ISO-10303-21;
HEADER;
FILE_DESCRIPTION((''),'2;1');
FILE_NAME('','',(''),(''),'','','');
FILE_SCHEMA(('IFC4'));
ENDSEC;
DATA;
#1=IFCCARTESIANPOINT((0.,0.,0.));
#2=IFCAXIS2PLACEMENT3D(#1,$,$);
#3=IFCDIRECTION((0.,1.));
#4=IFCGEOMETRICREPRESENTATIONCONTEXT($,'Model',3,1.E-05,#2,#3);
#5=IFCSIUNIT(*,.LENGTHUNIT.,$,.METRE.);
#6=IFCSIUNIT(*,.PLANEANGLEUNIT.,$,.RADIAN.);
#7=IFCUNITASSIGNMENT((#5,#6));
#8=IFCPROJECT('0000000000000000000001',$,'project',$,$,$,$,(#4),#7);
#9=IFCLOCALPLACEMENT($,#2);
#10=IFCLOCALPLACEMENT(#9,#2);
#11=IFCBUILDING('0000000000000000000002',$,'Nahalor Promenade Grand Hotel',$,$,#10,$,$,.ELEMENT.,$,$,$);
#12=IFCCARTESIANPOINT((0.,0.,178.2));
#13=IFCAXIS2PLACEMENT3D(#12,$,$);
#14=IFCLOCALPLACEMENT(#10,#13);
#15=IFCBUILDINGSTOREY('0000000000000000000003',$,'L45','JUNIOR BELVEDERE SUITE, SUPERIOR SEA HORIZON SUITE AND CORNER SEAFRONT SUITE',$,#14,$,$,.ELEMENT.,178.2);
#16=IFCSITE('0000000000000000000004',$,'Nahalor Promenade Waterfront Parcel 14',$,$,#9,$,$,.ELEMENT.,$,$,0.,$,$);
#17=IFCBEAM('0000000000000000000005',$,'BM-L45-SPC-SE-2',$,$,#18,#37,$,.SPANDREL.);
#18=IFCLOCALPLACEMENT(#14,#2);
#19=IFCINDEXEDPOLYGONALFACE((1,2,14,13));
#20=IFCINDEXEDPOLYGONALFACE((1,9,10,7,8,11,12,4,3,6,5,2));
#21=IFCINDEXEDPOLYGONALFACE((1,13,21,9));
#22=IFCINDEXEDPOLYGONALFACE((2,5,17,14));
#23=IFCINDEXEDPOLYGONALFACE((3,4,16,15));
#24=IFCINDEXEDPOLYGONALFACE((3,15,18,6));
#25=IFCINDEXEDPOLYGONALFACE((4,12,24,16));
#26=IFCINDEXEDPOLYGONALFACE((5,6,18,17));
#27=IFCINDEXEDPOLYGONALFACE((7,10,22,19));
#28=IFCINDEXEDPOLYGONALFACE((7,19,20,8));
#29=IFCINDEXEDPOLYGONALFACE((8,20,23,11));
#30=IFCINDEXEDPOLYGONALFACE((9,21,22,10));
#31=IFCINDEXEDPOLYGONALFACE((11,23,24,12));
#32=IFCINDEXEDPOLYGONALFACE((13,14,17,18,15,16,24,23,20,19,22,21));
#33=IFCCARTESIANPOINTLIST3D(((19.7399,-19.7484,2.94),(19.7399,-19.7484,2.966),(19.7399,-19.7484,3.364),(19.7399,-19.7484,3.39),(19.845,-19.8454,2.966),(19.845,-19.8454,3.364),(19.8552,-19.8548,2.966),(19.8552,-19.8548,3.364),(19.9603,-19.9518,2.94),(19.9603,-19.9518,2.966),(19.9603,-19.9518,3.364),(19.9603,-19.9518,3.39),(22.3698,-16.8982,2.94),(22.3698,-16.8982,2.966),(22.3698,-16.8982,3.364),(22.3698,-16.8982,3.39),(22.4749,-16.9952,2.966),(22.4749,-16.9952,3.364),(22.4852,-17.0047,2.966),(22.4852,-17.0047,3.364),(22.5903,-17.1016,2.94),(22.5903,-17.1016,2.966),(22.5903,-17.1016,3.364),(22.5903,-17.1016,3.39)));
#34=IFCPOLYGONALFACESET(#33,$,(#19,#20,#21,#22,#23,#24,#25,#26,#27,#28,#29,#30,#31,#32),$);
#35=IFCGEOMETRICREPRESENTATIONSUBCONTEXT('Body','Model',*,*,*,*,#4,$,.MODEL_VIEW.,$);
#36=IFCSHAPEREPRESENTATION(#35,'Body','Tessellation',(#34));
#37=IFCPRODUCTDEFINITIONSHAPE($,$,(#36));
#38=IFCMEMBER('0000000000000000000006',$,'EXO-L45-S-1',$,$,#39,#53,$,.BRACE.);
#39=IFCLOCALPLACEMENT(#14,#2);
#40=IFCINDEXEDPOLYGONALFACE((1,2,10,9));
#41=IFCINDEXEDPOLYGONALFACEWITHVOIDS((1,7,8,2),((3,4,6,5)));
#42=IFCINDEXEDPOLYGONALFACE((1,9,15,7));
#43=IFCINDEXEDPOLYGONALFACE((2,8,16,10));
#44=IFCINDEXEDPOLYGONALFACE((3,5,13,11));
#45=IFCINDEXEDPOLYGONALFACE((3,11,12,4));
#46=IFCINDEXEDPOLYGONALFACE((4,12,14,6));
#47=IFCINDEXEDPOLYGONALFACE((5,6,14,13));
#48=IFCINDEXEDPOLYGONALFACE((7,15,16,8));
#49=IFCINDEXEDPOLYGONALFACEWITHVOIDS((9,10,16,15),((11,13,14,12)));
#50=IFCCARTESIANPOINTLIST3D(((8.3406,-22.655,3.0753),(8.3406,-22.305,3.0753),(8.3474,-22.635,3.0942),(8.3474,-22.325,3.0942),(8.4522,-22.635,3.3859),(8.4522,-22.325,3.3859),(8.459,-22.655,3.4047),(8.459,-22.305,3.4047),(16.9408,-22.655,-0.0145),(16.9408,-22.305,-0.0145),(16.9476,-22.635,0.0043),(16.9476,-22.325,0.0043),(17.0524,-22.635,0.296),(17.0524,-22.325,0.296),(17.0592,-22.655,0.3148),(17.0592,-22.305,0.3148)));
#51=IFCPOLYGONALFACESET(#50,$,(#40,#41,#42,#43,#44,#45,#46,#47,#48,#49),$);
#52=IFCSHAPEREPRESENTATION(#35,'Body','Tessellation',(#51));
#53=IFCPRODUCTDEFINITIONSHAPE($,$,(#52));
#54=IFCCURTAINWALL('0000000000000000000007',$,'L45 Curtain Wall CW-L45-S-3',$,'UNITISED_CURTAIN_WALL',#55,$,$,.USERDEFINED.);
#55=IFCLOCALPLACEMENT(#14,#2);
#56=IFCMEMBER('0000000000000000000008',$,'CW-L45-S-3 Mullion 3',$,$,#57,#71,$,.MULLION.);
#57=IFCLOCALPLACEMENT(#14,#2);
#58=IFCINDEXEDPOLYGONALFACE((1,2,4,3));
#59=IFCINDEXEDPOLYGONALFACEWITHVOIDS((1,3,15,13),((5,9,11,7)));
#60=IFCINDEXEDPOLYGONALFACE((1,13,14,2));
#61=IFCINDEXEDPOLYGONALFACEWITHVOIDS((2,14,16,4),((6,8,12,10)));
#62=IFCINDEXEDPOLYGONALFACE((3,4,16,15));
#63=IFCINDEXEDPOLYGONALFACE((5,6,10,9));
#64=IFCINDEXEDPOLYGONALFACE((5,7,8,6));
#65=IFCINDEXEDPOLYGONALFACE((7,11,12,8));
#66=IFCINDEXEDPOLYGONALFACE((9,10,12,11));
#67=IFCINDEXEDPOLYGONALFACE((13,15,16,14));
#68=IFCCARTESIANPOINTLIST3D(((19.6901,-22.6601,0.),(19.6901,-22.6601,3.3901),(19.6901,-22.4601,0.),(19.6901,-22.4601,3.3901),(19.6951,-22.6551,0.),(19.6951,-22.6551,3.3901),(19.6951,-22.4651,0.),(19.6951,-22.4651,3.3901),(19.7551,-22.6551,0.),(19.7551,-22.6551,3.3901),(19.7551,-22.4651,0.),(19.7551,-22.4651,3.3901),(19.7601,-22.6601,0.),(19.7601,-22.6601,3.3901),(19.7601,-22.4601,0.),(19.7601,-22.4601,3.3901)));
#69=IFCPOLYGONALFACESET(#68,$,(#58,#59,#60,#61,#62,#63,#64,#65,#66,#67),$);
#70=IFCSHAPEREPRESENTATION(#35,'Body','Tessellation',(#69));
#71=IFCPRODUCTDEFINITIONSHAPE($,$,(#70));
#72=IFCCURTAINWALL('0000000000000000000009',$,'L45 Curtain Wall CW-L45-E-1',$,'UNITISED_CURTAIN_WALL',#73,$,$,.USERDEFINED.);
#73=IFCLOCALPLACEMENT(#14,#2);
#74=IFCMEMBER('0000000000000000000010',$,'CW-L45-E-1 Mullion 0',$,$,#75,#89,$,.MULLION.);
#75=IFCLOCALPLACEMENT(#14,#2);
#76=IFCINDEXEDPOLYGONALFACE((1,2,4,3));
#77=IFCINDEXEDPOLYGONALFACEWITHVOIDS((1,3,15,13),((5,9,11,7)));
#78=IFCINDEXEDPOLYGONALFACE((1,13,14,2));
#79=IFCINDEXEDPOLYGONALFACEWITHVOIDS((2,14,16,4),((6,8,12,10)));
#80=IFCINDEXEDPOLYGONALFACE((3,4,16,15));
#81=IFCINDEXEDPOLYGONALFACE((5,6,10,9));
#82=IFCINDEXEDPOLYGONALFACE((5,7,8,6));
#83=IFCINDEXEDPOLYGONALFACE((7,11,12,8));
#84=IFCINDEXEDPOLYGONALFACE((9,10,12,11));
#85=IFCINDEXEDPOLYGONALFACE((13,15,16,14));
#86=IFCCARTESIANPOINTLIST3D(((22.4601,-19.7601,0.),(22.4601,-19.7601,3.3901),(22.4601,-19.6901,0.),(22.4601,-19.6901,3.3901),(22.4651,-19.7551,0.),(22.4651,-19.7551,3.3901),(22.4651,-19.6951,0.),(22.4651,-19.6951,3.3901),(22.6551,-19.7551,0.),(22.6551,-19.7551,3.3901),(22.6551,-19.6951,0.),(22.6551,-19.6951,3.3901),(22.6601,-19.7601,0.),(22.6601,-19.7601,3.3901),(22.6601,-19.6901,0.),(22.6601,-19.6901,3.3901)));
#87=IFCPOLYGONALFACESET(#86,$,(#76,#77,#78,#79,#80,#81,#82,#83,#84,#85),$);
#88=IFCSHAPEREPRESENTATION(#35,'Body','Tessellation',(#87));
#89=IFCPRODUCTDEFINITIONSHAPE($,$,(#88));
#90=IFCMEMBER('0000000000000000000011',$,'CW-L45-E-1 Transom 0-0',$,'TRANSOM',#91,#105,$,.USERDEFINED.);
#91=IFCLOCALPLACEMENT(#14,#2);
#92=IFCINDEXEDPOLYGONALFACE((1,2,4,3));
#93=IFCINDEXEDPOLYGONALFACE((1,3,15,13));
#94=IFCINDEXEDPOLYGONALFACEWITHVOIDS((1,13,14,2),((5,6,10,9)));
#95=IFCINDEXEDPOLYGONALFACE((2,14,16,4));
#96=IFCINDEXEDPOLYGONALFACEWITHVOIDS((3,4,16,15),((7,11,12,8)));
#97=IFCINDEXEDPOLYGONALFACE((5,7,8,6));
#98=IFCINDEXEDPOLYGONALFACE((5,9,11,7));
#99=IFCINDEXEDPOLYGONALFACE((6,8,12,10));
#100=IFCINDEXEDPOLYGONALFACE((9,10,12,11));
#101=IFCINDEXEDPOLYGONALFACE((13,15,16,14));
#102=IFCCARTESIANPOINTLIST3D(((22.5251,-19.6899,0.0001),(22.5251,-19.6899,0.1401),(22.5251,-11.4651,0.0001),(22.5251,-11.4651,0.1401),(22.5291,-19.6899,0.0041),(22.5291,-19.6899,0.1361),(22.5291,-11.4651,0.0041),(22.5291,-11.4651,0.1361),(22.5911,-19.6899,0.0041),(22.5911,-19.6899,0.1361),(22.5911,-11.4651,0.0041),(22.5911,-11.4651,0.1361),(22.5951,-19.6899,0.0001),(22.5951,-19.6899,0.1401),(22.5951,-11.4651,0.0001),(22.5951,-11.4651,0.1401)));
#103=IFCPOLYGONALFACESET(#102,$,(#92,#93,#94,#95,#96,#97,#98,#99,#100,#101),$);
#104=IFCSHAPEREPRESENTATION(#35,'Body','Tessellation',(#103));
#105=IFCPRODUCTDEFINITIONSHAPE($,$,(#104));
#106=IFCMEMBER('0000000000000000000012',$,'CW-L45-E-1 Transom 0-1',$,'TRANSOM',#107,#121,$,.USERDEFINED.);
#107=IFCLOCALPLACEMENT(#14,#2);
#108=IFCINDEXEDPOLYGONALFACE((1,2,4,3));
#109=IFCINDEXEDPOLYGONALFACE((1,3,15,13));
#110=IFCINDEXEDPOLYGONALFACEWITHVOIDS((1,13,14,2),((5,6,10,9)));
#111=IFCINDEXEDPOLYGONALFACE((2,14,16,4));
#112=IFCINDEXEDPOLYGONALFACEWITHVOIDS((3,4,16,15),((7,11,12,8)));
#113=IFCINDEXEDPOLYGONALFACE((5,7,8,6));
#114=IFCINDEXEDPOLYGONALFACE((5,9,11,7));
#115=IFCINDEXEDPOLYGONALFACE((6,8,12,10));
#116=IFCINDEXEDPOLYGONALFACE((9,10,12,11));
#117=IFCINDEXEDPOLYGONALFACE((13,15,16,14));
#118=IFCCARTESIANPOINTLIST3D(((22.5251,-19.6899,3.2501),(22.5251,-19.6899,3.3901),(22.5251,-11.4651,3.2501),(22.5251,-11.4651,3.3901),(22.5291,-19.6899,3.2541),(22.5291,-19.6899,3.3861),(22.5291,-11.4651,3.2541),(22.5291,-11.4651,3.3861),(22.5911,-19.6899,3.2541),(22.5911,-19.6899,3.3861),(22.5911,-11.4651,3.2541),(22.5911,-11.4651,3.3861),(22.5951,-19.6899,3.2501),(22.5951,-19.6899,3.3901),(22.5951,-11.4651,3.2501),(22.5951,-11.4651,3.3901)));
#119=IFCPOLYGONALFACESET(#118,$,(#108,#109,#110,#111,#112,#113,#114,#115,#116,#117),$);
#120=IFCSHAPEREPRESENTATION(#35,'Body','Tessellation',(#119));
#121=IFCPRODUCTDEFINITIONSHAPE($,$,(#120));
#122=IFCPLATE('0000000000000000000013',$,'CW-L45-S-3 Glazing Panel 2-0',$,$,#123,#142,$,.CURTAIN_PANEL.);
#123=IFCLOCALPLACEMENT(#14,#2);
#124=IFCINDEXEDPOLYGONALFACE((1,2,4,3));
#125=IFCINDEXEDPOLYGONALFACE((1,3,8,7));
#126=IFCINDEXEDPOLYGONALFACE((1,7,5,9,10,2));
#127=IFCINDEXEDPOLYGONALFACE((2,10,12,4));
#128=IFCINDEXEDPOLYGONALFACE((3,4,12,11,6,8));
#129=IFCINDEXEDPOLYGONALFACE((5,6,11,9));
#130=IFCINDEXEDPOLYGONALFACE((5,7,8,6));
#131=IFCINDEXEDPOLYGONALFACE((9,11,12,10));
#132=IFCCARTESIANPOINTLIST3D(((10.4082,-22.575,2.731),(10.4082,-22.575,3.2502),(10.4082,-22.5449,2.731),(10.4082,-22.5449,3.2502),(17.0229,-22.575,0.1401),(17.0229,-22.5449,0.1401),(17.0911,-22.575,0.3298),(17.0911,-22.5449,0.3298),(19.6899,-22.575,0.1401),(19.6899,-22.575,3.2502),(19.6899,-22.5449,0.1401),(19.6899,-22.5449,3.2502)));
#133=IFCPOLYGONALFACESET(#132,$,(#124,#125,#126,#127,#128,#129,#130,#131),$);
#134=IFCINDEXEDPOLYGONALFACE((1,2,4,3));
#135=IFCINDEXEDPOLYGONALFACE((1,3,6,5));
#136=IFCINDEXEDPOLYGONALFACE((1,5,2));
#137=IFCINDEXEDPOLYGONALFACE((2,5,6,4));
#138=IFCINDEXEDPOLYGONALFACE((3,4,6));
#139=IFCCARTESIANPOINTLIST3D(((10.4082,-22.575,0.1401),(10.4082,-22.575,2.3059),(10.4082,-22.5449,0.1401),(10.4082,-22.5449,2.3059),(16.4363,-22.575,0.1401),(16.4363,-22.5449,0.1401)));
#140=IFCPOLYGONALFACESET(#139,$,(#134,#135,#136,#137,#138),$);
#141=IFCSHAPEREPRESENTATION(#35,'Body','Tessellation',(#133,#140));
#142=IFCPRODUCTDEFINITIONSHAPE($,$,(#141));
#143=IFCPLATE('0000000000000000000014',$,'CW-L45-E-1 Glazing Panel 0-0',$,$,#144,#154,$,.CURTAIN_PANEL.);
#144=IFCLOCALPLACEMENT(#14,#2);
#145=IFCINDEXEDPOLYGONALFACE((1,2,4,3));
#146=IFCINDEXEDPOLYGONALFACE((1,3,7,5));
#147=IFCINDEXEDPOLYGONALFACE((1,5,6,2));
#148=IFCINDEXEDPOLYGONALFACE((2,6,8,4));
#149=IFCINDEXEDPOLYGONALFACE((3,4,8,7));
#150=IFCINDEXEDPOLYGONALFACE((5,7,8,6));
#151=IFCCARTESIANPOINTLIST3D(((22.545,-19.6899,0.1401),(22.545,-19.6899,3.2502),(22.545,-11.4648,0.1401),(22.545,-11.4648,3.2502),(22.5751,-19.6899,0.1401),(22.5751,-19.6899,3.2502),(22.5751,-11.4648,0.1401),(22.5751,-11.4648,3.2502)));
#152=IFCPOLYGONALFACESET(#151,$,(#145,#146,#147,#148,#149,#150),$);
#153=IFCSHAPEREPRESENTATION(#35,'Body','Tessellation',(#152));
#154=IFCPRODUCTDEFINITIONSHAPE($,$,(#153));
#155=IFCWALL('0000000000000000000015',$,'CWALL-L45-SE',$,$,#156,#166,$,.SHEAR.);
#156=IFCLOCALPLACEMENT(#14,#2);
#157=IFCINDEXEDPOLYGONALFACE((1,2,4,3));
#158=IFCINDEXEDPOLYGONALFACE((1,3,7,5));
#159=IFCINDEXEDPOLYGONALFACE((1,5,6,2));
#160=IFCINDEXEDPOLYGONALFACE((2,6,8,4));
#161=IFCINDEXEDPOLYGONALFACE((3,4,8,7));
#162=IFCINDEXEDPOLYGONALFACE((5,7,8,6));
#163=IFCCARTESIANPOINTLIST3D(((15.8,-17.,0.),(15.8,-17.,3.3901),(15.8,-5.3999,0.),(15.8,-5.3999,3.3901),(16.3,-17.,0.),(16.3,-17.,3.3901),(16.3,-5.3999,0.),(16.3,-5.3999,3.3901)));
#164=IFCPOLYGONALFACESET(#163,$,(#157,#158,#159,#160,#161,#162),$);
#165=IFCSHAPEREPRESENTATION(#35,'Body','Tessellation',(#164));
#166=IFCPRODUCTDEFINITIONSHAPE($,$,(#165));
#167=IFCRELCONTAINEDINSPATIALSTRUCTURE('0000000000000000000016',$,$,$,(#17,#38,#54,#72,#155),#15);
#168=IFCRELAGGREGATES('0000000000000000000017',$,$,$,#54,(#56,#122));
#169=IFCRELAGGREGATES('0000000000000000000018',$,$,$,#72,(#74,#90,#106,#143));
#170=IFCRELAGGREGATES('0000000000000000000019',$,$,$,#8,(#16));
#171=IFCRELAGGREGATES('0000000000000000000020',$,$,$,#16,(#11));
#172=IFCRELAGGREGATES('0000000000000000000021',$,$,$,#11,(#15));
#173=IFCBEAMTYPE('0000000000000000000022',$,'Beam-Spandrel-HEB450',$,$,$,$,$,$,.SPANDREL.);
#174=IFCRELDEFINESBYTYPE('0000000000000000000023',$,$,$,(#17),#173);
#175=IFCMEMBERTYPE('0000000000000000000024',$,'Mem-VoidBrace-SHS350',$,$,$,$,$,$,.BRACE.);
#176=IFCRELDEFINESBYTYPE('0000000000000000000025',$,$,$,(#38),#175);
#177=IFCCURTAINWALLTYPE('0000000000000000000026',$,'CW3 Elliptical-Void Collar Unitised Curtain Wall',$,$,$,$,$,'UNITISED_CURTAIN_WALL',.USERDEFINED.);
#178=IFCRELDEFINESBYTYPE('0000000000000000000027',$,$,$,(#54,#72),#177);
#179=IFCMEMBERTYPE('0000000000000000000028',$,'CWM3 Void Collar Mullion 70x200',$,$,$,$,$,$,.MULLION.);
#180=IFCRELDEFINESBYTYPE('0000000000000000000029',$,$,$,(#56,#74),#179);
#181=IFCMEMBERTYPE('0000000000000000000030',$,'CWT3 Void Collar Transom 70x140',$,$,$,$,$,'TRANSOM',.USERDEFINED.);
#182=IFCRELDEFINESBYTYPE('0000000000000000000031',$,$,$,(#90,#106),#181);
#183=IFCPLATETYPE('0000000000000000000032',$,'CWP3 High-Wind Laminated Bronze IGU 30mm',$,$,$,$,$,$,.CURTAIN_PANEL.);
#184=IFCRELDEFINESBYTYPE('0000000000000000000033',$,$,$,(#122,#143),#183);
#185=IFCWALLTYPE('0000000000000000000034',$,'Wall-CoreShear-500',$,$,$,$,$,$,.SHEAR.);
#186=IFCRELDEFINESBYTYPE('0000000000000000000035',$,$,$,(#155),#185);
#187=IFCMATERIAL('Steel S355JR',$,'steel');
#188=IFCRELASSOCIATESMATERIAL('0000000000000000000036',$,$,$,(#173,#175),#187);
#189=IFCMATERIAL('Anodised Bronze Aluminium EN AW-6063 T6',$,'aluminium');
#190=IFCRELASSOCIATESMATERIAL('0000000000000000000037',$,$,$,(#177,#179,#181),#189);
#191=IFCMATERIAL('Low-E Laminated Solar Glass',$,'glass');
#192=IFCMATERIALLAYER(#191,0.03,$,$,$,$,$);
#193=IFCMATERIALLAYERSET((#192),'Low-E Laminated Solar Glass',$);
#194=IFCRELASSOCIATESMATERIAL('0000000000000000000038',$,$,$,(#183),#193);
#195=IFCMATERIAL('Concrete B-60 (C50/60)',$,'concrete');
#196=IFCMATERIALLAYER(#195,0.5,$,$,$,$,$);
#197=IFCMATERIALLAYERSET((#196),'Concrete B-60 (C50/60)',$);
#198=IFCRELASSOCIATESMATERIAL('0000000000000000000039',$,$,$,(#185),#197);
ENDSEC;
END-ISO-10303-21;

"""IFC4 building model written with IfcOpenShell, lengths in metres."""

from ifc_helpers import new_model, si_unit, direction, frame, frame_2d, origin, origin_2d, place, context, subcontext, project, spatial, polyline, rectangle, hollow_rectangle, i_section, outline, extrude, source, transform, mapped, material, layer, layer_set, material_profile, profile_set, type_object, element, aggregate, save


model = new_model("IFC4")

# Units and contexts
model_context = context("Model", 3, precision=1e-05, world=origin(), true_north=direction((0.0, 1.0)))
body_context = subcontext(model_context, "Body", "Model", "MODEL_VIEW")
ifc_project = project(units=[si_unit("LENGTHUNIT", "METRE"), si_unit("PLANEANGLEUNIT", "RADIAN")], contexts=[model_context])

# Site, building, storey
site_placement = place(None, origin())
site = spatial("IfcSite", under=ifc_project, at=site_placement, Name="Nahalor Promenade Waterfront Parcel 14", CompositionType="ELEMENT", RefElevation=0.0)
building_placement = place(site_placement, origin())
building = spatial("IfcBuilding", under=site, at=building_placement, Name="Nahalor Promenade Grand Hotel", CompositionType="ELEMENT")
storey_placement = place(building_placement, frame((0.0, 0.0, 178.2)))
storey = spatial("IfcBuildingStorey", under=building, at=storey_placement, Name="L45", Description="JUNIOR BELVEDERE SUITE, SUPERIOR SEA HORIZON SUITE AND CORNER SEAFRONT SUITE", CompositionType="ELEMENT", Elevation=178.2)

# Shared definitions
ifc_material_1 = material(Name="Concrete B-60 (C50/60)", Category="concrete")

# Beam
ifc_material_2 = material(Name="Steel S355JR", Category="steel")
ifc_material_profile_1 = material_profile(ifc_material_2, i_section(OverallWidth=0.3, OverallDepth=0.45, WebThickness=0.014, FlangeThickness=0.026, at=origin_2d()), Name="HEB 450")
ifc_profile_set_1 = profile_set([ifc_material_profile_1], Name="Steel S355JR")
beam_type_1 = type_object("IfcBeamType", Name="Beam-Spandrel-HEB450", PredefinedType="SPANDREL", material=ifc_profile_set_1)
shared_shape_1 = source(origin(), body_context, "Body", "SweptSolid", [
    extrude(i_section(OverallWidth=0.3, OverallDepth=0.45, WebThickness=0.014, FlangeThickness=0.026, at=origin_2d()), origin(), (0.0, 0.0, 1.0), 3.8782),
])
for number, where, z_axis, x_axis, name in (
    (1, (19.8501, -19.8501, 3.165), (0.678144, 0.734929, 0.0), (-0.734929, 0.678144, 0.0), "BM-L45-SPC-SE-2"),
):
    element("IfcBeam", number, at=place(storey_placement, frame(where, z_axis=z_axis, x_axis=x_axis)), inside=storey, type_object=beam_type_1, Name=name, PredefinedType="SPANDREL", context=body_context, shape_type="MappedRepresentation", body=[
        mapped(shared_shape_1, transform((0.0, 0.0, 0.0), scale=1.0)),
    ])

# Member
ifc_material_profile_2 = material_profile(ifc_material_2, hollow_rectangle(XDim=0.35, YDim=0.35, WallThickness=0.02, at=origin_2d()), Name="SHS 350x350x20")
ifc_profile_set_2 = profile_set([ifc_material_profile_2], Name="Steel S355JR")
member_type_1 = type_object("IfcMemberType", Name="Mem-VoidBrace-SHS350", PredefinedType="BRACE", material=ifc_profile_set_2)
shared_shape_2 = source(origin(), body_context, "Body", "SweptSolid", [
    extrude(hollow_rectangle(XDim=0.35, YDim=0.35, WallThickness=0.02, at=origin_2d()), origin(), (0.0, 0.0, 1.0), 9.1384),
])
member_1_placement = place(storey_placement, frame((17.0, -22.48, 0.1501), z_axis=(-0.941103, 0.0, 0.33812), x_axis=(0.0, -1.0, 0.0)))
element("IfcMember", 2, at=member_1_placement, inside=storey, type_object=member_type_1, Name="EXO-L45-S-1", PredefinedType="BRACE", context=body_context, shape_type="MappedRepresentation", body=[
    mapped(shared_shape_2, transform((0.0, 0.0, 0.0), scale=1.0)),
])

# Curtain wall, member
ifc_material_3 = material(Name="Anodised Bronze Aluminium EN AW-6063 T6", Category="aluminium")
curtain_wall_type = type_object("IfcCurtainWallType", Name="CW3 Elliptical-Void Collar Unitised Curtain Wall", ElementType="UNITISED_CURTAIN_WALL", PredefinedType="USERDEFINED", material=ifc_material_3)
curtain_wall_1_placement = place(storey_placement, origin())
curtain_wall_1 = element("IfcCurtainWall", 3, at=curtain_wall_1_placement, inside=storey, type_object=curtain_wall_type, Name="L45 Curtain Wall CW-L45-S-3", ObjectType="UNITISED_CURTAIN_WALL", PredefinedType="USERDEFINED")
ifc_material_profile_3 = material_profile(ifc_material_3, hollow_rectangle(XDim=0.07, YDim=0.2, WallThickness=0.005, at=origin_2d()), Name="CWM 70x200x5")
ifc_profile_set_3 = profile_set([ifc_material_profile_3], Name="Anodised Bronze Aluminium EN AW-6063 T6")
member_type_2 = type_object("IfcMemberType", Name="CWM3 Void Collar Mullion 70x200", PredefinedType="MULLION", material=ifc_profile_set_3)
shared_shape_3 = source(origin(), body_context, "Body", "SweptSolid", [
    extrude(hollow_rectangle(XDim=0.07, YDim=0.2, WallThickness=0.005, at=origin_2d()), origin(), (0.0, 0.0, 1.0), 3.3901),
])
member_2_placement = place(storey_placement, frame((19.7251, -22.5601, 0.0), z_axis=(0.0, 0.0, 1.0), x_axis=(1.0, 0.0, 0.0)))
member_2 = element("IfcMember", 4, at=member_2_placement, type_object=member_type_2, Name="CW-L45-S-3 Mullion 3", PredefinedType="MULLION", context=body_context, shape_type="MappedRepresentation", body=[
    mapped(shared_shape_3, transform((0.0, 0.0, 0.0), scale=1.0)),
])

# Curtain wall, members
curtain_wall_2_placement = place(storey_placement, origin())
curtain_wall_2 = element("IfcCurtainWall", 5, at=curtain_wall_2_placement, inside=storey, type_object=curtain_wall_type, Name="L45 Curtain Wall CW-L45-E-1", ObjectType="UNITISED_CURTAIN_WALL", PredefinedType="USERDEFINED")
member_3_placement = place(storey_placement, frame((22.5601, -19.7251, 0.0), z_axis=(0.0, 0.0, 1.0), x_axis=(0.0, 1.0, 0.0)))
member_3 = element("IfcMember", 6, at=member_3_placement, type_object=member_type_2, Name="CW-L45-E-1 Mullion 0", PredefinedType="MULLION", context=body_context, shape_type="MappedRepresentation", body=[
    mapped(shared_shape_3, transform((0.0, 0.0, 0.0), scale=1.0)),
])
ifc_material_profile_4 = material_profile(ifc_material_3, hollow_rectangle(XDim=0.07, YDim=0.14, WallThickness=0.004, at=origin_2d()), Name="CWT 70x140x4")
ifc_profile_set_4 = profile_set([ifc_material_profile_4], Name="Anodised Bronze Aluminium EN AW-6063 T6")
member_type_3 = type_object("IfcMemberType", Name="CWT3 Void Collar Transom 70x140", ElementType="TRANSOM", PredefinedType="USERDEFINED", material=ifc_profile_set_4)
shared_shape_4 = source(origin(), body_context, "Body", "SweptSolid", [
    extrude(hollow_rectangle(XDim=0.07, YDim=0.14, WallThickness=0.004, at=origin_2d()), origin(), (0.0, 0.0, 1.0), 8.2249),
])
member_4_placement = place(storey_placement, frame((22.5601, -19.6899, 0.0701), z_axis=(0.0, 1.0, 0.0), x_axis=(-1.0, 0.0, 0.0)))
member_4 = element("IfcMember", 7, at=member_4_placement, type_object=member_type_3, Name="CW-L45-E-1 Transom 0-0", ObjectType="TRANSOM", PredefinedType="USERDEFINED", context=body_context, shape_type="MappedRepresentation", body=[
    mapped(shared_shape_4, transform((0.0, 0.0, 0.0), scale=1.0)),
])
member_5_placement = place(storey_placement, frame((22.5601, -19.6899, 3.3201), z_axis=(0.0, 1.0, 0.0), x_axis=(-1.0, 0.0, 0.0)))
member_5 = element("IfcMember", 8, at=member_5_placement, type_object=member_type_3, Name="CW-L45-E-1 Transom 0-1", ObjectType="TRANSOM", PredefinedType="USERDEFINED", context=body_context, shape_type="MappedRepresentation", body=[
    mapped(shared_shape_4, transform((0.0, 0.0, 0.0), scale=1.0)),
])

# Plates
ifc_material_4 = material(Name="Low-E Laminated Solar Glass", Category="glass")
ifc_layer_1 = layer(ifc_material_4, 0.03)
ifc_layer_set_1 = layer_set([ifc_layer_1], Name="Low-E Laminated Solar Glass")
plate_type = type_object("IfcPlateType", Name="CWP3 High-Wind Laminated Bronze IGU 30mm", PredefinedType="CURTAIN_PANEL", material=ifc_layer_set_1)
plate_1_placement = place(storey_placement, frame((15.0491, -22.5601, 0.1401), z_axis=(0.0, 0.0, 1.0), x_axis=(1.0, 0.0, 0.0)))
plate_1 = element("IfcPlate", 9, at=plate_1_placement, type_object=plate_type, Name="CW-L45-S-3 Glazing Panel 2-0", PredefinedType="CURTAIN_PANEL", context=body_context, shape_type="SweptSolid", body=[
    extrude(outline(polyline([(4.6409, 3.1101), (-4.6409, 3.1101), (-4.6409, 2.5908), (2.042, 0.1897), (1.9739, 0.0), (4.6409, 0.0), (4.6409, 3.1101)])), frame((0.0, 0.0151, 0.0), z_axis=(0.0, -1.0, 0.0), x_axis=(1.0, 0.0, 0.0)), (0.0, 0.0, 1.0), 0.03),
    extrude(outline(polyline([(-4.6409, 2.1658), (-4.6409, 0.0), (1.3872, 0.0), (-4.6409, 2.1658)])), frame((0.0, 0.0151, 0.0), z_axis=(0.0, -1.0, 0.0), x_axis=(1.0, 0.0, 0.0)), (0.0, 0.0, 1.0), 0.03),
])
aggregate(curtain_wall_1, [member_2, plate_1])
shared_shape_5 = source(origin(), body_context, "Body", "SweptSolid", [
    extrude(rectangle(XDim=8.2251, YDim=0.03, at=origin_2d()), origin(), (0.0, 0.0, 1.0), 3.1101),
])
plate_2_placement = place(storey_placement, frame((22.5601, -15.5774, 0.1401), z_axis=(0.0, 0.0, 1.0), x_axis=(0.0, 1.0, 0.0)))
plate_2 = element("IfcPlate", 10, at=plate_2_placement, type_object=plate_type, Name="CW-L45-E-1 Glazing Panel 0-0", PredefinedType="CURTAIN_PANEL", context=body_context, shape_type="MappedRepresentation", body=[
    mapped(shared_shape_5, transform((0.0, 0.0, 0.0), scale=1.0)),
])
aggregate(curtain_wall_2, [member_3, member_4, member_5, plate_2])

# Wall
ifc_layer_2 = layer(ifc_material_1, 0.5)
ifc_layer_set_2 = layer_set([ifc_layer_2], Name="Concrete B-60 (C50/60)")
wall_type_1 = type_object("IfcWallType", Name="Wall-CoreShear-500", PredefinedType="SHEAR", material=ifc_layer_set_2)
shared_shape_6 = source(origin(), body_context, "Body", "SweptSolid", [
    extrude(rectangle(XDim=11.6001, YDim=0.5, at=frame_2d((5.8, 0.0))), origin(), (0.0, 0.0, 1.0), 3.3901),
])
wall_1_placement = place(storey_placement, frame((16.05, -17.0, 0.0), z_axis=(0.0, 0.0, 1.0), x_axis=(0.0, 1.0, 0.0)))
element("IfcWall", 11, at=wall_1_placement, inside=storey, type_object=wall_type_1, Name="CWALL-L45-SE", PredefinedType="SHEAR", context=body_context, shape_type="MappedRepresentation", body=[
    mapped(shared_shape_6, transform((0.0, 0.0, 0.0), scale=1.0)),
])

save(model, "model.ifc")
